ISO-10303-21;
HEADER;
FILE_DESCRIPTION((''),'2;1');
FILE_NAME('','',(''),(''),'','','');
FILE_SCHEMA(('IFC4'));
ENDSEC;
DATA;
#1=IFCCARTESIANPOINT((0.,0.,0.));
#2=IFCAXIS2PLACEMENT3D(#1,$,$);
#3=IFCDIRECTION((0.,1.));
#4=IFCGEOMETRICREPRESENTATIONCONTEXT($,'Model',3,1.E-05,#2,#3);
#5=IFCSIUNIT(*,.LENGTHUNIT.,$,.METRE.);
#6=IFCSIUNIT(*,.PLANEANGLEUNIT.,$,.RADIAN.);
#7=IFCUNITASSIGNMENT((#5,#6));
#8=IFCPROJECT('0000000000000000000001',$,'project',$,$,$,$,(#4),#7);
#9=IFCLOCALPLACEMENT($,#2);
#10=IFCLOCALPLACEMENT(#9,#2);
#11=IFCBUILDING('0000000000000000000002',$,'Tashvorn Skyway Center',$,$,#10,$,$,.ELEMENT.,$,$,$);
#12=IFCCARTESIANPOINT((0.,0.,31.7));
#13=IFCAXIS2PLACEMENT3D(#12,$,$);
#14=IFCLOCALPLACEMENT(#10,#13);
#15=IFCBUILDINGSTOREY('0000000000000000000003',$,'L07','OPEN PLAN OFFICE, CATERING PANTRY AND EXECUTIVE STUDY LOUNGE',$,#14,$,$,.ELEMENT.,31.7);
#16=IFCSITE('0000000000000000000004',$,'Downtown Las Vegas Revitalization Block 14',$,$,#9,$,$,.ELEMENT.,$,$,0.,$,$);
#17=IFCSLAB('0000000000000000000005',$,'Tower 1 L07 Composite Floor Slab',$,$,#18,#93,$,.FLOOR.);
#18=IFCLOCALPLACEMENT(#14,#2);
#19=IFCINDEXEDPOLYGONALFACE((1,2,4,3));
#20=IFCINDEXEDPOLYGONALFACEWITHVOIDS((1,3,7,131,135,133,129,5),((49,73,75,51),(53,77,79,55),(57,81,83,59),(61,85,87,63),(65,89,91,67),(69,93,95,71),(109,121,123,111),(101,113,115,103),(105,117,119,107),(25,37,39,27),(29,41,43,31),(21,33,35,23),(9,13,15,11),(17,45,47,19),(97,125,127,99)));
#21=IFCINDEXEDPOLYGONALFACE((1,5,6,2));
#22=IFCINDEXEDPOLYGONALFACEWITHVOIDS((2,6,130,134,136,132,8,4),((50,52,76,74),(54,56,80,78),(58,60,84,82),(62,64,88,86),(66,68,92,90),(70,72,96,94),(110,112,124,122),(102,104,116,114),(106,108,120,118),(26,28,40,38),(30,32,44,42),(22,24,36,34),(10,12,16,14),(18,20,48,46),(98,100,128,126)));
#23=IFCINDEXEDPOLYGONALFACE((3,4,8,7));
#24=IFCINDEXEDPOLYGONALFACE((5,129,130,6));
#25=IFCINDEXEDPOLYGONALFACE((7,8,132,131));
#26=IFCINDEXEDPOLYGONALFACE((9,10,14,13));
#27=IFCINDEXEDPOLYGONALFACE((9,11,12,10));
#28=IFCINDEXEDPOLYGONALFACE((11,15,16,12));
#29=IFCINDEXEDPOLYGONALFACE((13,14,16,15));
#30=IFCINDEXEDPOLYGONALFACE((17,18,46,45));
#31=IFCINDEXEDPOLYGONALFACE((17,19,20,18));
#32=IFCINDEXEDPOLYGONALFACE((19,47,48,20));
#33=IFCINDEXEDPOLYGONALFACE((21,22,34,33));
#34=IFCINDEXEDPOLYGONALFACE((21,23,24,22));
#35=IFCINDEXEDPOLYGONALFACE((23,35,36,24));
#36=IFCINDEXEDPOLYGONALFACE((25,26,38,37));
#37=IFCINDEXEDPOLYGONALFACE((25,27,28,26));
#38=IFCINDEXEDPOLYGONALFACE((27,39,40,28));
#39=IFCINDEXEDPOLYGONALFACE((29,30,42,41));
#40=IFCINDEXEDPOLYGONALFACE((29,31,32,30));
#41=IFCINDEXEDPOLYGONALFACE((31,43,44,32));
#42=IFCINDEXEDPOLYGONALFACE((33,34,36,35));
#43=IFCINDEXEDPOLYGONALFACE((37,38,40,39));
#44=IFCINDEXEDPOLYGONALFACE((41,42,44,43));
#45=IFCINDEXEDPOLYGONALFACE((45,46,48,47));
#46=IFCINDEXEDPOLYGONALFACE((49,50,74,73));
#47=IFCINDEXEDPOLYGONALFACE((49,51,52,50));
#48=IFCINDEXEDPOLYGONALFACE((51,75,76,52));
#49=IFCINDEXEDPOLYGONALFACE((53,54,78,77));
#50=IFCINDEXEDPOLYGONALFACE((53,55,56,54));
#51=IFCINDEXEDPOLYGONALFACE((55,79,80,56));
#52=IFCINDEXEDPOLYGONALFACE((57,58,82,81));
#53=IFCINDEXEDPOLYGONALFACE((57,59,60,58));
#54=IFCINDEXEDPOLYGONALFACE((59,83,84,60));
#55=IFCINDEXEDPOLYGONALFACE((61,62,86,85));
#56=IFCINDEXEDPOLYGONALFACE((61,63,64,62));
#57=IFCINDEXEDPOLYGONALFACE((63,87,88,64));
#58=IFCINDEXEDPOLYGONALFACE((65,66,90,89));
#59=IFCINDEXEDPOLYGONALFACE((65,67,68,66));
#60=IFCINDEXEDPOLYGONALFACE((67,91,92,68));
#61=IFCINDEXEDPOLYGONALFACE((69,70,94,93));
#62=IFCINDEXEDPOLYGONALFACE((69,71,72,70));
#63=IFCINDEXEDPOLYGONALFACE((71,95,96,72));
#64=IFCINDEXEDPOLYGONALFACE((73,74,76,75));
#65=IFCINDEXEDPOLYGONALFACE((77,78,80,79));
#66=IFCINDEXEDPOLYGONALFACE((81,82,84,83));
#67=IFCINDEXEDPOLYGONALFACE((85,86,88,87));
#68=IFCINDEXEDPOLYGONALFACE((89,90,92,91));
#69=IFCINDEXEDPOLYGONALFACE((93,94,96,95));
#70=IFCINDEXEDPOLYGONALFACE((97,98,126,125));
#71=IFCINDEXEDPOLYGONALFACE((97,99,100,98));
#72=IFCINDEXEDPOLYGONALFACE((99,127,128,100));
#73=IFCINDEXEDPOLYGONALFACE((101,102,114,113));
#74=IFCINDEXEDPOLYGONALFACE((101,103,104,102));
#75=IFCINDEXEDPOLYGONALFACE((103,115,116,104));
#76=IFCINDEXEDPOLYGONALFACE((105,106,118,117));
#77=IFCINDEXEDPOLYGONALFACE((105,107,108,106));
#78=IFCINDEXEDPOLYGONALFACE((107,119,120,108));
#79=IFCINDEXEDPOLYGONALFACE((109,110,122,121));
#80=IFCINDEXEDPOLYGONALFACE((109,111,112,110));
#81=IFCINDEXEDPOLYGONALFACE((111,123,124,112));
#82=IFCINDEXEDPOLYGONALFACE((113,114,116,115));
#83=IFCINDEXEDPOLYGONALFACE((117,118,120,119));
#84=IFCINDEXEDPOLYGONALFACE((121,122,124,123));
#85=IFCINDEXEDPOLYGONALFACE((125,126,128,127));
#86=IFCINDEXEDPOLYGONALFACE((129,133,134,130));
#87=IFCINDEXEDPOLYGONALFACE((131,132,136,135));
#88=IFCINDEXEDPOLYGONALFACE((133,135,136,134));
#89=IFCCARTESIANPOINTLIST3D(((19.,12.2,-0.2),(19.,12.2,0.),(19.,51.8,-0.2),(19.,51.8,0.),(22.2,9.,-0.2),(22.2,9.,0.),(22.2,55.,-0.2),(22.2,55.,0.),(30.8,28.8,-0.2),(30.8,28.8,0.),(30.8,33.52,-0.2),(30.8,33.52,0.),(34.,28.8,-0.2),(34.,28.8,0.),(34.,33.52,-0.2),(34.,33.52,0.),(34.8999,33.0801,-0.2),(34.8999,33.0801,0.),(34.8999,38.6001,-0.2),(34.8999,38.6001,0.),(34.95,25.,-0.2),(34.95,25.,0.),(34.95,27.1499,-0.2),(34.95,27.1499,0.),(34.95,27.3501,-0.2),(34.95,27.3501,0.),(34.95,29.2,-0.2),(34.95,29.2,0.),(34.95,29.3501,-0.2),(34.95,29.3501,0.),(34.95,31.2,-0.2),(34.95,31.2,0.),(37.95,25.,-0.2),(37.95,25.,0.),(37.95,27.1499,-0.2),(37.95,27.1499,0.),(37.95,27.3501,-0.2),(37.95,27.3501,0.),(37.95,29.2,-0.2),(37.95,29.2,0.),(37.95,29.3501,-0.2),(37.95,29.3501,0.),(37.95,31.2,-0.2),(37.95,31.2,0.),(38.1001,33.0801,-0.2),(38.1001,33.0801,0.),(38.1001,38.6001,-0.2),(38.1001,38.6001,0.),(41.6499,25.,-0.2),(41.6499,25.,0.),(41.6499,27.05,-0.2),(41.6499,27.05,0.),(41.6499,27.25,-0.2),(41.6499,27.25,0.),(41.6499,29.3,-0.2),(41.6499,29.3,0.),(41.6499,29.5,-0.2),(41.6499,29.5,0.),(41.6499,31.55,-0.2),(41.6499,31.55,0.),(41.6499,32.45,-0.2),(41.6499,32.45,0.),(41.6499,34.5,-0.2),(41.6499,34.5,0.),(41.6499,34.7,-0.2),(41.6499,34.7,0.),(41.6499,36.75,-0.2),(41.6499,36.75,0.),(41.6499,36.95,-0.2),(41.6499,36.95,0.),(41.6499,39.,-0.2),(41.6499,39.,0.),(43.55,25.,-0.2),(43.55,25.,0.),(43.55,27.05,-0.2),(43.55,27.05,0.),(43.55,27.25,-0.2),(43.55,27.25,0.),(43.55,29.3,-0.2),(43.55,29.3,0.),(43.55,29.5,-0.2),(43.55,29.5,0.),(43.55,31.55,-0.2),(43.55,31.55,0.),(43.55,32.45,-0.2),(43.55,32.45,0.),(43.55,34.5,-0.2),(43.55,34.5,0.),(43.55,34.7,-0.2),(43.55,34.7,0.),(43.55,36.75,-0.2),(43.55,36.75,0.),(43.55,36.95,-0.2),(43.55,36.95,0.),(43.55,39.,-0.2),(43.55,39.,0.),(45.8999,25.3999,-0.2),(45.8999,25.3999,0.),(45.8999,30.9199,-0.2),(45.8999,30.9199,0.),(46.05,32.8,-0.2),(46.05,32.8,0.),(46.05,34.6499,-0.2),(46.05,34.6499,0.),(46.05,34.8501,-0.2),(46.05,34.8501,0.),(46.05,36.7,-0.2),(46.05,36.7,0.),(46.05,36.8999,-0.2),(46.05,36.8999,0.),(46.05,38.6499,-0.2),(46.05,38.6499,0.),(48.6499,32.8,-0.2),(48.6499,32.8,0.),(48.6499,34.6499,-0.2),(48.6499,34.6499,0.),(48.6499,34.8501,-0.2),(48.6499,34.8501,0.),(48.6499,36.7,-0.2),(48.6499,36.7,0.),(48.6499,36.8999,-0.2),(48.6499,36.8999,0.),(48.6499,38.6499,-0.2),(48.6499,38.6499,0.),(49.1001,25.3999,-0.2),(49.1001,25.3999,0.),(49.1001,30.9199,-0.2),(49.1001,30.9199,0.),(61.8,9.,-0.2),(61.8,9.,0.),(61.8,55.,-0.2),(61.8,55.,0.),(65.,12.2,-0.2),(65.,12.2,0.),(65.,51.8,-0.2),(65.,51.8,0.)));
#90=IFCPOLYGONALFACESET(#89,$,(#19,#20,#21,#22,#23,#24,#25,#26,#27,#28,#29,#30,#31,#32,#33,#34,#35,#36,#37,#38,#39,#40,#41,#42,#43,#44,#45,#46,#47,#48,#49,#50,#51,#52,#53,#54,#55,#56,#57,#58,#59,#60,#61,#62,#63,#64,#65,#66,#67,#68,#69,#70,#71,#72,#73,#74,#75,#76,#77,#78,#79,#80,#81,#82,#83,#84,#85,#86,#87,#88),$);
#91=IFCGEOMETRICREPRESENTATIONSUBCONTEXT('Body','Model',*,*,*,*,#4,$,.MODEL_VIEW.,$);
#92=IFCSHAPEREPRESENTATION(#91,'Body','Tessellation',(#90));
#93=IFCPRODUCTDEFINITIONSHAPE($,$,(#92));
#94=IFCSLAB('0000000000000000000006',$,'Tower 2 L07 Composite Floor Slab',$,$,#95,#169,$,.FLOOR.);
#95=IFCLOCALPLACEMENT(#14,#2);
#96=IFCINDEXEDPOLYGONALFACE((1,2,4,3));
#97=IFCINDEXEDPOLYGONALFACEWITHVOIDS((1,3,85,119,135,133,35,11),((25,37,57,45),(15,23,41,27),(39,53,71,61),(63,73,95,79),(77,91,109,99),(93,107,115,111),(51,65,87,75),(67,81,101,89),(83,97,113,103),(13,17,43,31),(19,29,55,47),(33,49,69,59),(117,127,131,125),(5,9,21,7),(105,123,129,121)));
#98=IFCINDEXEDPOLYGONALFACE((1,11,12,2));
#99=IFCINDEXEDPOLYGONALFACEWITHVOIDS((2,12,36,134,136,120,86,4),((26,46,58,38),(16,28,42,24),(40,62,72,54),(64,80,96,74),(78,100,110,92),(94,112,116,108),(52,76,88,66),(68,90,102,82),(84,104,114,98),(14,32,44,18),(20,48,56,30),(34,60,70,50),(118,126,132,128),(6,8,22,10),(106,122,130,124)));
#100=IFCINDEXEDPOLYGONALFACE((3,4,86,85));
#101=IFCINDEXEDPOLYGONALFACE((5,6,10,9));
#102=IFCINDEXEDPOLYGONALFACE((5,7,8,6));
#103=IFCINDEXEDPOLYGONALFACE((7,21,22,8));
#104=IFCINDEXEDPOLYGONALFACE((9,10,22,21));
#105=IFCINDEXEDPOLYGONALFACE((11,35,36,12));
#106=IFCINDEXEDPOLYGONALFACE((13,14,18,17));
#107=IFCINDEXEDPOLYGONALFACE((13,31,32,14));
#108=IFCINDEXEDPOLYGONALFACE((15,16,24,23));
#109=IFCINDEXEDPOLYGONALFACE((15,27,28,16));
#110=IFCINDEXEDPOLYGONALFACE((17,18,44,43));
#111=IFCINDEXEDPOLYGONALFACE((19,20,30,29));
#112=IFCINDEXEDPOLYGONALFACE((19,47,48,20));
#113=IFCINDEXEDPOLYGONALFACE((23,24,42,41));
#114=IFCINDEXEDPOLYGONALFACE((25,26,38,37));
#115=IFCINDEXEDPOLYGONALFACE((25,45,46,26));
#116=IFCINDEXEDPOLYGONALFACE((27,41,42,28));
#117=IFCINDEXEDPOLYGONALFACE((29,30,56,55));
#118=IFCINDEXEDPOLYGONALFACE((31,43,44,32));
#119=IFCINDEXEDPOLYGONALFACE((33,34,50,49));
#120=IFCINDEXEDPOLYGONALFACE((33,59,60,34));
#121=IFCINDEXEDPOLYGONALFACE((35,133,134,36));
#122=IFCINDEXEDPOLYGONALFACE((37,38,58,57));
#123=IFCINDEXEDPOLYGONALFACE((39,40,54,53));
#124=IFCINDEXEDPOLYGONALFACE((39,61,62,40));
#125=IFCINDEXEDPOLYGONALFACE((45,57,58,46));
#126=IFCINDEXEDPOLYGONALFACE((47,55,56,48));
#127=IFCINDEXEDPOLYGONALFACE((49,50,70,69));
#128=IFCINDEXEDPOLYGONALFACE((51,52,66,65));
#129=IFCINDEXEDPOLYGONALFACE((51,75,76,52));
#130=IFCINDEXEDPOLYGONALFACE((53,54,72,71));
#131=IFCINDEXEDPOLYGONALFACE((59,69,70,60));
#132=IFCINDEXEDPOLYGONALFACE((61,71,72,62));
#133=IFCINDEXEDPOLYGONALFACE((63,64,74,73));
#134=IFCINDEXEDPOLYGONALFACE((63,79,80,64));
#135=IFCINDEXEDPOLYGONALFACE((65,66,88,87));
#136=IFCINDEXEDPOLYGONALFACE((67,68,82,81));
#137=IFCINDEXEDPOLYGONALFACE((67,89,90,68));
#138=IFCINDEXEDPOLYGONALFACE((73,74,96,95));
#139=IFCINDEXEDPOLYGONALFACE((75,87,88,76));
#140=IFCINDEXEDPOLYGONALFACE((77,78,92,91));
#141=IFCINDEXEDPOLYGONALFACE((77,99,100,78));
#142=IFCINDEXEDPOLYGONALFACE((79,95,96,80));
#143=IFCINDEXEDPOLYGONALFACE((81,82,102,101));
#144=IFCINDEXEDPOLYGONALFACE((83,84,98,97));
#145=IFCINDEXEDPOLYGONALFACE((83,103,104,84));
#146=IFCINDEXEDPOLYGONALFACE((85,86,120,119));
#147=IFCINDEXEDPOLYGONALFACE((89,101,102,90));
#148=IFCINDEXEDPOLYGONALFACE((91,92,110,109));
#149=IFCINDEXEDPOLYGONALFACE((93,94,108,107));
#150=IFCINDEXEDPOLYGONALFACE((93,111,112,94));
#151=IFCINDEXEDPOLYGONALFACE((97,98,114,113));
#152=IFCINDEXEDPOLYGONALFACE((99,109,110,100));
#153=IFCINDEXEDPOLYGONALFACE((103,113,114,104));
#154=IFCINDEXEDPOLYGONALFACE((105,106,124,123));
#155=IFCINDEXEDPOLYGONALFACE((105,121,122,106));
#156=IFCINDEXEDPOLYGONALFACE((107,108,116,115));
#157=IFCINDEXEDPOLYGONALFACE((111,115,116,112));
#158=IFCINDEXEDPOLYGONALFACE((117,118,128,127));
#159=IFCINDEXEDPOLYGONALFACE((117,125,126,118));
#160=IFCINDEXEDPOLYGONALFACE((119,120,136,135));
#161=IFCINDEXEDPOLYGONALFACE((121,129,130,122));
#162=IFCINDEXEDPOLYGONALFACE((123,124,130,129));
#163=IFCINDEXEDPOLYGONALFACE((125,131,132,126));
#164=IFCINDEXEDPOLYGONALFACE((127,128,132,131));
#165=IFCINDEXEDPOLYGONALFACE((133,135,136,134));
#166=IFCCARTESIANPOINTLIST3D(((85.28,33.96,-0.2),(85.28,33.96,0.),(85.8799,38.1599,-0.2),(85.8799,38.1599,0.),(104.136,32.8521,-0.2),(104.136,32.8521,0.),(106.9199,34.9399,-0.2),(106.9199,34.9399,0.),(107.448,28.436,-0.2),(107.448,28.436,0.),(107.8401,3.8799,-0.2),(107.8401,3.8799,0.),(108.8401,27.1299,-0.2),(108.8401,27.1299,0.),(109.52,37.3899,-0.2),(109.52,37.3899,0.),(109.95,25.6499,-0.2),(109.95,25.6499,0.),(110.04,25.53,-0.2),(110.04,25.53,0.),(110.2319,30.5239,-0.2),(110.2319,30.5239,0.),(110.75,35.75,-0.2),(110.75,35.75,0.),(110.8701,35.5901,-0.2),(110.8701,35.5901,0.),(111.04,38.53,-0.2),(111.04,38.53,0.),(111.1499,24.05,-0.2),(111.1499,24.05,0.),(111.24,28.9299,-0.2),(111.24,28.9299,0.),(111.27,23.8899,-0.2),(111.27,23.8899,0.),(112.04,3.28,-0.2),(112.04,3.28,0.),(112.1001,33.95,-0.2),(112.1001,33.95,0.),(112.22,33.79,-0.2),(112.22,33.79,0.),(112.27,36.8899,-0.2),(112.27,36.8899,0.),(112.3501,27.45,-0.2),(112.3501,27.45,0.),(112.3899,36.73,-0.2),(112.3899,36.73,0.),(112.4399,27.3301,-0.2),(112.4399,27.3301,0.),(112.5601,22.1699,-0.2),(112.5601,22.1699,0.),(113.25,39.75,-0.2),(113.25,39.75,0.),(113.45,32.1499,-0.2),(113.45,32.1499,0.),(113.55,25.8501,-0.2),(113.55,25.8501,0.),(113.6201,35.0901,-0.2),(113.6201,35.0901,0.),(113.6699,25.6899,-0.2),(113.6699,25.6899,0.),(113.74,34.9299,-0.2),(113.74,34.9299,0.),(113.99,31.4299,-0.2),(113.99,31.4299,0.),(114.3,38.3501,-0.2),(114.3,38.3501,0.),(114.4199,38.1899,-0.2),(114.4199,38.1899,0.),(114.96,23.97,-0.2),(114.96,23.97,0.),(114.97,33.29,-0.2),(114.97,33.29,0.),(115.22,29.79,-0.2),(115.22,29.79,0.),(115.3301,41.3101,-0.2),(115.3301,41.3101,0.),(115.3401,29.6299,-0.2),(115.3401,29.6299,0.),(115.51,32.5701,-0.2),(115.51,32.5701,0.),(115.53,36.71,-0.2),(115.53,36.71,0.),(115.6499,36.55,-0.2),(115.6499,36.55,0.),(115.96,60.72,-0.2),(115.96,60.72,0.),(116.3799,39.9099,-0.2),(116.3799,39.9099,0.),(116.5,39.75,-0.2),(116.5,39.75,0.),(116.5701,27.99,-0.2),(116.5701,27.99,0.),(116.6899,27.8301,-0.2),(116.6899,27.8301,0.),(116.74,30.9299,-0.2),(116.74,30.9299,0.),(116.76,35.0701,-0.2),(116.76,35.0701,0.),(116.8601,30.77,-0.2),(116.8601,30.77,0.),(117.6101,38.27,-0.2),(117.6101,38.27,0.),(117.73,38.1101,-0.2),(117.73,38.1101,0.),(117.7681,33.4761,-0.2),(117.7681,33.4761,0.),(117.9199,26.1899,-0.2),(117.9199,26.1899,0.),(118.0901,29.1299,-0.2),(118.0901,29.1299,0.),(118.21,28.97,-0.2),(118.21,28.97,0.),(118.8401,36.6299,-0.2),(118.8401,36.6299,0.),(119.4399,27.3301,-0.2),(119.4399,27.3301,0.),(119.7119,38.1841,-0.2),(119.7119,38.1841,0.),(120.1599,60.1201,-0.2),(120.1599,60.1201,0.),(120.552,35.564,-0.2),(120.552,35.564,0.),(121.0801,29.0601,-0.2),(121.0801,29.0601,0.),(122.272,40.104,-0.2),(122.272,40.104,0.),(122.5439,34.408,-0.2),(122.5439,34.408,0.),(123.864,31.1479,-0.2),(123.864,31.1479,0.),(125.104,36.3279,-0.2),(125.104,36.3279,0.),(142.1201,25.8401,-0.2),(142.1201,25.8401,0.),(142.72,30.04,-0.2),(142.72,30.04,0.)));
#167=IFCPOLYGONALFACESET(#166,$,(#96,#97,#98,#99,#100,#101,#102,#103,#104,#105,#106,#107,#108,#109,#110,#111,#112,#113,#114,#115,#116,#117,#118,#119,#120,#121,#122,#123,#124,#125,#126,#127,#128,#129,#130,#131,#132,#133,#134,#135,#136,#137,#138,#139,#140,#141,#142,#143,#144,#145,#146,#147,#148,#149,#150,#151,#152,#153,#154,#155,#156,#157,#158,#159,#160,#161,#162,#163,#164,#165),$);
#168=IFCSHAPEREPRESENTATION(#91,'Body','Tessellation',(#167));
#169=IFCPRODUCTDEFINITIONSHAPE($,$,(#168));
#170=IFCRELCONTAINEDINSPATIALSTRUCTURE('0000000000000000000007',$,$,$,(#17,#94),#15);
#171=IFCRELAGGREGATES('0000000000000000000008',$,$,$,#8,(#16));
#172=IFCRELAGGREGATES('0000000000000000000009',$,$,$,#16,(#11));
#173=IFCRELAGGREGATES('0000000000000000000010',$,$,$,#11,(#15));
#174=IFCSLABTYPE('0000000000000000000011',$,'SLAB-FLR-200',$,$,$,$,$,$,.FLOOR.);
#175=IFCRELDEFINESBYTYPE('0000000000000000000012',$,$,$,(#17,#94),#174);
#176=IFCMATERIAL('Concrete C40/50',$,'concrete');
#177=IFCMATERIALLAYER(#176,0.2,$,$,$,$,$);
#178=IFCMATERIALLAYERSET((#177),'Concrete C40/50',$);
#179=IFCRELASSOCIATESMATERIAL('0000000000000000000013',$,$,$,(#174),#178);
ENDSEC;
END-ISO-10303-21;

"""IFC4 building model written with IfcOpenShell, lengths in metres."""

from ifc_helpers import new_model, si_unit, direction, frame, origin, place, context, subcontext, project, spatial, polyline, outline, extrude, material, layer, layer_set, type_object, element, save


model = new_model("IFC4")

# Units and contexts
model_context = context("Model", 3, precision=1e-05, world=origin(), true_north=direction((0.0, 1.0)))
body_context = subcontext(model_context, "Body", "Model", "MODEL_VIEW")
ifc_project = project(units=[si_unit("LENGTHUNIT", "METRE"), si_unit("PLANEANGLEUNIT", "RADIAN")], contexts=[model_context])

# Site, building, storey
site_placement = place(None, origin())
site = spatial("IfcSite", under=ifc_project, at=site_placement, Name="Downtown Las Vegas Revitalization Block 14", CompositionType="ELEMENT", RefElevation=0.0)
building_placement = place(site_placement, origin())
building = spatial("IfcBuilding", under=site, at=building_placement, Name="Tashvorn Skyway Center", CompositionType="ELEMENT")
storey_placement = place(building_placement, frame((0.0, 0.0, 31.7)))
storey = spatial("IfcBuildingStorey", under=building, at=storey_placement, Name="L07", Description="OPEN PLAN OFFICE, CATERING PANTRY AND EXECUTIVE STUDY LOUNGE", CompositionType="ELEMENT", Elevation=31.7)

# Slabs
ifc_material_1 = material(Name="Concrete C40/50", Category="concrete")
ifc_layer_1 = layer(ifc_material_1, 0.2)
ifc_layer_set_1 = layer_set([ifc_layer_1], Name="Concrete C40/50")
slab_type_1 = type_object("IfcSlabType", Name="SLAB-FLR-200", PredefinedType="FLOOR", material=ifc_layer_set_1)
slab_1_placement = place(storey_placement, frame((0.0, 0.0, -0.2)))
element("IfcSlab", 1, at=slab_1_placement, inside=storey, type_object=slab_type_1, Name="Tower 1 L07 Composite Floor Slab", PredefinedType="FLOOR", context=body_context, shape_type="SweptSolid", body=[
    extrude(outline(polyline([(22.2, 9.0), (61.8, 9.0), (65.0, 12.2), (65.0, 51.8), (61.8, 55.0), (22.2, 55.0), (19.0, 51.8), (19.0, 12.2), (22.2, 9.0)]), holes=[polyline([(38.1001, 33.0801), (38.1001, 38.6001), (34.8999, 38.6001), (34.8999, 33.0801), (38.1001, 33.0801)]), polyline([(45.8999, 30.9199), (45.8999, 25.3999), (49.1001, 25.3999), (49.1001, 30.9199), (45.8999, 30.9199)]), polyline([(30.8, 33.52), (30.8, 28.8), (34.0, 28.8), (34.0, 33.52), (30.8, 33.52)]), polyline([(34.95, 29.3501), (37.95, 29.3501), (37.95, 31.2), (34.95, 31.2), (34.95, 29.3501)]), polyline([(34.95, 27.3501), (37.95, 27.3501), (37.95, 29.2), (34.95, 29.2), (34.95, 27.3501)]), polyline([(34.95, 25.0), (37.95, 25.0), (37.95, 27.1499), (34.95, 27.1499), (34.95, 25.0)]), polyline([(41.6499, 25.0), (43.55, 25.0), (43.55, 27.05), (41.6499, 27.05), (41.6499, 25.0)]), polyline([(41.6499, 27.25), (43.55, 27.25), (43.55, 29.3), (41.6499, 29.3), (41.6499, 27.25)]), polyline([(41.6499, 29.5), (43.55, 29.5), (43.55, 31.55), (41.6499, 31.55), (41.6499, 29.5)]), polyline([(41.6499, 32.45), (43.55, 32.45), (43.55, 34.5), (41.6499, 34.5), (41.6499, 32.45)]), polyline([(41.6499, 34.7), (43.55, 34.7), (43.55, 36.75), (41.6499, 36.75), (41.6499, 34.7)]), polyline([(41.6499, 36.95), (43.55, 36.95), (43.55, 39.0), (41.6499, 39.0), (41.6499, 36.95)]), polyline([(46.05, 32.8), (48.6499, 32.8), (48.6499, 34.6499), (46.05, 34.6499), (46.05, 32.8)]), polyline([(46.05, 34.8501), (48.6499, 34.8501), (48.6499, 36.7), (46.05, 36.7), (46.05, 34.8501)]), polyline([(46.05, 36.8999), (48.6499, 36.8999), (48.6499, 38.6499), (46.05, 38.6499), (46.05, 36.8999)])]), origin(), (0.0, 0.0, 1.0), 0.2),
])
slab_2_placement = place(storey_placement, frame((0.0, 0.0, -0.2)))
element("IfcSlab", 2, at=slab_2_placement, inside=storey, type_object=slab_type_1, Name="Tower 2 L07 Composite Floor Slab", PredefinedType="FLOOR", context=body_context, shape_type="SweptSolid", body=[
    extrude(outline(polyline([(112.04, 3.28), (142.1201, 25.8401), (142.72, 30.04), (120.1599, 60.1201), (115.96, 60.72), (85.8799, 38.1599), (85.28, 33.96), (107.8401, 3.8799), (112.04, 3.28)]), holes=[polyline([(110.2319, 30.5239), (106.9199, 34.9399), (104.136, 32.8521), (107.448, 28.436), (110.2319, 30.5239)]), polyline([(117.7681, 33.4761), (121.0801, 29.0601), (123.864, 31.1479), (120.552, 35.564), (117.7681, 33.4761)]), polyline([(119.7119, 38.1841), (122.5439, 34.408), (125.104, 36.3279), (122.272, 40.104), (119.7119, 38.1841)]), polyline([(109.95, 25.6499), (112.3501, 27.45), (111.24, 28.9299), (108.8401, 27.1299), (109.95, 25.6499)]), polyline([(111.1499, 24.05), (113.55, 25.8501), (112.4399, 27.3301), (110.04, 25.53), (111.1499, 24.05)]), polyline([(112.5601, 22.1699), (114.96, 23.97), (113.6699, 25.6899), (111.27, 23.8899), (112.5601, 22.1699)]), polyline([(117.9199, 26.1899), (119.4399, 27.3301), (118.21, 28.97), (116.6899, 27.8301), (117.9199, 26.1899)]), polyline([(116.5701, 27.99), (118.0901, 29.1299), (116.8601, 30.77), (115.3401, 29.6299), (116.5701, 27.99)]), polyline([(115.22, 29.79), (116.74, 30.9299), (115.51, 32.5701), (113.99, 31.4299), (115.22, 29.79)]), polyline([(113.45, 32.1499), (114.97, 33.29), (113.74, 34.9299), (112.22, 33.79), (113.45, 32.1499)]), polyline([(112.1001, 33.95), (113.6201, 35.0901), (112.3899, 36.73), (110.8701, 35.5901), (112.1001, 33.95)]), polyline([(110.75, 35.75), (112.27, 36.8899), (111.04, 38.53), (109.52, 37.3899), (110.75, 35.75)]), polyline([(116.76, 35.0701), (118.8401, 36.6299), (117.73, 38.1101), (115.6499, 36.55), (116.76, 35.0701)]), polyline([(115.53, 36.71), (117.6101, 38.27), (116.5, 39.75), (114.4199, 38.1899), (115.53, 36.71)]), polyline([(114.3, 38.3501), (116.3799, 39.9099), (115.3301, 41.3101), (113.25, 39.75), (114.3, 38.3501)])]), origin(), (0.0, 0.0, 1.0), 0.2),
])

save(model, "model.ifc")
